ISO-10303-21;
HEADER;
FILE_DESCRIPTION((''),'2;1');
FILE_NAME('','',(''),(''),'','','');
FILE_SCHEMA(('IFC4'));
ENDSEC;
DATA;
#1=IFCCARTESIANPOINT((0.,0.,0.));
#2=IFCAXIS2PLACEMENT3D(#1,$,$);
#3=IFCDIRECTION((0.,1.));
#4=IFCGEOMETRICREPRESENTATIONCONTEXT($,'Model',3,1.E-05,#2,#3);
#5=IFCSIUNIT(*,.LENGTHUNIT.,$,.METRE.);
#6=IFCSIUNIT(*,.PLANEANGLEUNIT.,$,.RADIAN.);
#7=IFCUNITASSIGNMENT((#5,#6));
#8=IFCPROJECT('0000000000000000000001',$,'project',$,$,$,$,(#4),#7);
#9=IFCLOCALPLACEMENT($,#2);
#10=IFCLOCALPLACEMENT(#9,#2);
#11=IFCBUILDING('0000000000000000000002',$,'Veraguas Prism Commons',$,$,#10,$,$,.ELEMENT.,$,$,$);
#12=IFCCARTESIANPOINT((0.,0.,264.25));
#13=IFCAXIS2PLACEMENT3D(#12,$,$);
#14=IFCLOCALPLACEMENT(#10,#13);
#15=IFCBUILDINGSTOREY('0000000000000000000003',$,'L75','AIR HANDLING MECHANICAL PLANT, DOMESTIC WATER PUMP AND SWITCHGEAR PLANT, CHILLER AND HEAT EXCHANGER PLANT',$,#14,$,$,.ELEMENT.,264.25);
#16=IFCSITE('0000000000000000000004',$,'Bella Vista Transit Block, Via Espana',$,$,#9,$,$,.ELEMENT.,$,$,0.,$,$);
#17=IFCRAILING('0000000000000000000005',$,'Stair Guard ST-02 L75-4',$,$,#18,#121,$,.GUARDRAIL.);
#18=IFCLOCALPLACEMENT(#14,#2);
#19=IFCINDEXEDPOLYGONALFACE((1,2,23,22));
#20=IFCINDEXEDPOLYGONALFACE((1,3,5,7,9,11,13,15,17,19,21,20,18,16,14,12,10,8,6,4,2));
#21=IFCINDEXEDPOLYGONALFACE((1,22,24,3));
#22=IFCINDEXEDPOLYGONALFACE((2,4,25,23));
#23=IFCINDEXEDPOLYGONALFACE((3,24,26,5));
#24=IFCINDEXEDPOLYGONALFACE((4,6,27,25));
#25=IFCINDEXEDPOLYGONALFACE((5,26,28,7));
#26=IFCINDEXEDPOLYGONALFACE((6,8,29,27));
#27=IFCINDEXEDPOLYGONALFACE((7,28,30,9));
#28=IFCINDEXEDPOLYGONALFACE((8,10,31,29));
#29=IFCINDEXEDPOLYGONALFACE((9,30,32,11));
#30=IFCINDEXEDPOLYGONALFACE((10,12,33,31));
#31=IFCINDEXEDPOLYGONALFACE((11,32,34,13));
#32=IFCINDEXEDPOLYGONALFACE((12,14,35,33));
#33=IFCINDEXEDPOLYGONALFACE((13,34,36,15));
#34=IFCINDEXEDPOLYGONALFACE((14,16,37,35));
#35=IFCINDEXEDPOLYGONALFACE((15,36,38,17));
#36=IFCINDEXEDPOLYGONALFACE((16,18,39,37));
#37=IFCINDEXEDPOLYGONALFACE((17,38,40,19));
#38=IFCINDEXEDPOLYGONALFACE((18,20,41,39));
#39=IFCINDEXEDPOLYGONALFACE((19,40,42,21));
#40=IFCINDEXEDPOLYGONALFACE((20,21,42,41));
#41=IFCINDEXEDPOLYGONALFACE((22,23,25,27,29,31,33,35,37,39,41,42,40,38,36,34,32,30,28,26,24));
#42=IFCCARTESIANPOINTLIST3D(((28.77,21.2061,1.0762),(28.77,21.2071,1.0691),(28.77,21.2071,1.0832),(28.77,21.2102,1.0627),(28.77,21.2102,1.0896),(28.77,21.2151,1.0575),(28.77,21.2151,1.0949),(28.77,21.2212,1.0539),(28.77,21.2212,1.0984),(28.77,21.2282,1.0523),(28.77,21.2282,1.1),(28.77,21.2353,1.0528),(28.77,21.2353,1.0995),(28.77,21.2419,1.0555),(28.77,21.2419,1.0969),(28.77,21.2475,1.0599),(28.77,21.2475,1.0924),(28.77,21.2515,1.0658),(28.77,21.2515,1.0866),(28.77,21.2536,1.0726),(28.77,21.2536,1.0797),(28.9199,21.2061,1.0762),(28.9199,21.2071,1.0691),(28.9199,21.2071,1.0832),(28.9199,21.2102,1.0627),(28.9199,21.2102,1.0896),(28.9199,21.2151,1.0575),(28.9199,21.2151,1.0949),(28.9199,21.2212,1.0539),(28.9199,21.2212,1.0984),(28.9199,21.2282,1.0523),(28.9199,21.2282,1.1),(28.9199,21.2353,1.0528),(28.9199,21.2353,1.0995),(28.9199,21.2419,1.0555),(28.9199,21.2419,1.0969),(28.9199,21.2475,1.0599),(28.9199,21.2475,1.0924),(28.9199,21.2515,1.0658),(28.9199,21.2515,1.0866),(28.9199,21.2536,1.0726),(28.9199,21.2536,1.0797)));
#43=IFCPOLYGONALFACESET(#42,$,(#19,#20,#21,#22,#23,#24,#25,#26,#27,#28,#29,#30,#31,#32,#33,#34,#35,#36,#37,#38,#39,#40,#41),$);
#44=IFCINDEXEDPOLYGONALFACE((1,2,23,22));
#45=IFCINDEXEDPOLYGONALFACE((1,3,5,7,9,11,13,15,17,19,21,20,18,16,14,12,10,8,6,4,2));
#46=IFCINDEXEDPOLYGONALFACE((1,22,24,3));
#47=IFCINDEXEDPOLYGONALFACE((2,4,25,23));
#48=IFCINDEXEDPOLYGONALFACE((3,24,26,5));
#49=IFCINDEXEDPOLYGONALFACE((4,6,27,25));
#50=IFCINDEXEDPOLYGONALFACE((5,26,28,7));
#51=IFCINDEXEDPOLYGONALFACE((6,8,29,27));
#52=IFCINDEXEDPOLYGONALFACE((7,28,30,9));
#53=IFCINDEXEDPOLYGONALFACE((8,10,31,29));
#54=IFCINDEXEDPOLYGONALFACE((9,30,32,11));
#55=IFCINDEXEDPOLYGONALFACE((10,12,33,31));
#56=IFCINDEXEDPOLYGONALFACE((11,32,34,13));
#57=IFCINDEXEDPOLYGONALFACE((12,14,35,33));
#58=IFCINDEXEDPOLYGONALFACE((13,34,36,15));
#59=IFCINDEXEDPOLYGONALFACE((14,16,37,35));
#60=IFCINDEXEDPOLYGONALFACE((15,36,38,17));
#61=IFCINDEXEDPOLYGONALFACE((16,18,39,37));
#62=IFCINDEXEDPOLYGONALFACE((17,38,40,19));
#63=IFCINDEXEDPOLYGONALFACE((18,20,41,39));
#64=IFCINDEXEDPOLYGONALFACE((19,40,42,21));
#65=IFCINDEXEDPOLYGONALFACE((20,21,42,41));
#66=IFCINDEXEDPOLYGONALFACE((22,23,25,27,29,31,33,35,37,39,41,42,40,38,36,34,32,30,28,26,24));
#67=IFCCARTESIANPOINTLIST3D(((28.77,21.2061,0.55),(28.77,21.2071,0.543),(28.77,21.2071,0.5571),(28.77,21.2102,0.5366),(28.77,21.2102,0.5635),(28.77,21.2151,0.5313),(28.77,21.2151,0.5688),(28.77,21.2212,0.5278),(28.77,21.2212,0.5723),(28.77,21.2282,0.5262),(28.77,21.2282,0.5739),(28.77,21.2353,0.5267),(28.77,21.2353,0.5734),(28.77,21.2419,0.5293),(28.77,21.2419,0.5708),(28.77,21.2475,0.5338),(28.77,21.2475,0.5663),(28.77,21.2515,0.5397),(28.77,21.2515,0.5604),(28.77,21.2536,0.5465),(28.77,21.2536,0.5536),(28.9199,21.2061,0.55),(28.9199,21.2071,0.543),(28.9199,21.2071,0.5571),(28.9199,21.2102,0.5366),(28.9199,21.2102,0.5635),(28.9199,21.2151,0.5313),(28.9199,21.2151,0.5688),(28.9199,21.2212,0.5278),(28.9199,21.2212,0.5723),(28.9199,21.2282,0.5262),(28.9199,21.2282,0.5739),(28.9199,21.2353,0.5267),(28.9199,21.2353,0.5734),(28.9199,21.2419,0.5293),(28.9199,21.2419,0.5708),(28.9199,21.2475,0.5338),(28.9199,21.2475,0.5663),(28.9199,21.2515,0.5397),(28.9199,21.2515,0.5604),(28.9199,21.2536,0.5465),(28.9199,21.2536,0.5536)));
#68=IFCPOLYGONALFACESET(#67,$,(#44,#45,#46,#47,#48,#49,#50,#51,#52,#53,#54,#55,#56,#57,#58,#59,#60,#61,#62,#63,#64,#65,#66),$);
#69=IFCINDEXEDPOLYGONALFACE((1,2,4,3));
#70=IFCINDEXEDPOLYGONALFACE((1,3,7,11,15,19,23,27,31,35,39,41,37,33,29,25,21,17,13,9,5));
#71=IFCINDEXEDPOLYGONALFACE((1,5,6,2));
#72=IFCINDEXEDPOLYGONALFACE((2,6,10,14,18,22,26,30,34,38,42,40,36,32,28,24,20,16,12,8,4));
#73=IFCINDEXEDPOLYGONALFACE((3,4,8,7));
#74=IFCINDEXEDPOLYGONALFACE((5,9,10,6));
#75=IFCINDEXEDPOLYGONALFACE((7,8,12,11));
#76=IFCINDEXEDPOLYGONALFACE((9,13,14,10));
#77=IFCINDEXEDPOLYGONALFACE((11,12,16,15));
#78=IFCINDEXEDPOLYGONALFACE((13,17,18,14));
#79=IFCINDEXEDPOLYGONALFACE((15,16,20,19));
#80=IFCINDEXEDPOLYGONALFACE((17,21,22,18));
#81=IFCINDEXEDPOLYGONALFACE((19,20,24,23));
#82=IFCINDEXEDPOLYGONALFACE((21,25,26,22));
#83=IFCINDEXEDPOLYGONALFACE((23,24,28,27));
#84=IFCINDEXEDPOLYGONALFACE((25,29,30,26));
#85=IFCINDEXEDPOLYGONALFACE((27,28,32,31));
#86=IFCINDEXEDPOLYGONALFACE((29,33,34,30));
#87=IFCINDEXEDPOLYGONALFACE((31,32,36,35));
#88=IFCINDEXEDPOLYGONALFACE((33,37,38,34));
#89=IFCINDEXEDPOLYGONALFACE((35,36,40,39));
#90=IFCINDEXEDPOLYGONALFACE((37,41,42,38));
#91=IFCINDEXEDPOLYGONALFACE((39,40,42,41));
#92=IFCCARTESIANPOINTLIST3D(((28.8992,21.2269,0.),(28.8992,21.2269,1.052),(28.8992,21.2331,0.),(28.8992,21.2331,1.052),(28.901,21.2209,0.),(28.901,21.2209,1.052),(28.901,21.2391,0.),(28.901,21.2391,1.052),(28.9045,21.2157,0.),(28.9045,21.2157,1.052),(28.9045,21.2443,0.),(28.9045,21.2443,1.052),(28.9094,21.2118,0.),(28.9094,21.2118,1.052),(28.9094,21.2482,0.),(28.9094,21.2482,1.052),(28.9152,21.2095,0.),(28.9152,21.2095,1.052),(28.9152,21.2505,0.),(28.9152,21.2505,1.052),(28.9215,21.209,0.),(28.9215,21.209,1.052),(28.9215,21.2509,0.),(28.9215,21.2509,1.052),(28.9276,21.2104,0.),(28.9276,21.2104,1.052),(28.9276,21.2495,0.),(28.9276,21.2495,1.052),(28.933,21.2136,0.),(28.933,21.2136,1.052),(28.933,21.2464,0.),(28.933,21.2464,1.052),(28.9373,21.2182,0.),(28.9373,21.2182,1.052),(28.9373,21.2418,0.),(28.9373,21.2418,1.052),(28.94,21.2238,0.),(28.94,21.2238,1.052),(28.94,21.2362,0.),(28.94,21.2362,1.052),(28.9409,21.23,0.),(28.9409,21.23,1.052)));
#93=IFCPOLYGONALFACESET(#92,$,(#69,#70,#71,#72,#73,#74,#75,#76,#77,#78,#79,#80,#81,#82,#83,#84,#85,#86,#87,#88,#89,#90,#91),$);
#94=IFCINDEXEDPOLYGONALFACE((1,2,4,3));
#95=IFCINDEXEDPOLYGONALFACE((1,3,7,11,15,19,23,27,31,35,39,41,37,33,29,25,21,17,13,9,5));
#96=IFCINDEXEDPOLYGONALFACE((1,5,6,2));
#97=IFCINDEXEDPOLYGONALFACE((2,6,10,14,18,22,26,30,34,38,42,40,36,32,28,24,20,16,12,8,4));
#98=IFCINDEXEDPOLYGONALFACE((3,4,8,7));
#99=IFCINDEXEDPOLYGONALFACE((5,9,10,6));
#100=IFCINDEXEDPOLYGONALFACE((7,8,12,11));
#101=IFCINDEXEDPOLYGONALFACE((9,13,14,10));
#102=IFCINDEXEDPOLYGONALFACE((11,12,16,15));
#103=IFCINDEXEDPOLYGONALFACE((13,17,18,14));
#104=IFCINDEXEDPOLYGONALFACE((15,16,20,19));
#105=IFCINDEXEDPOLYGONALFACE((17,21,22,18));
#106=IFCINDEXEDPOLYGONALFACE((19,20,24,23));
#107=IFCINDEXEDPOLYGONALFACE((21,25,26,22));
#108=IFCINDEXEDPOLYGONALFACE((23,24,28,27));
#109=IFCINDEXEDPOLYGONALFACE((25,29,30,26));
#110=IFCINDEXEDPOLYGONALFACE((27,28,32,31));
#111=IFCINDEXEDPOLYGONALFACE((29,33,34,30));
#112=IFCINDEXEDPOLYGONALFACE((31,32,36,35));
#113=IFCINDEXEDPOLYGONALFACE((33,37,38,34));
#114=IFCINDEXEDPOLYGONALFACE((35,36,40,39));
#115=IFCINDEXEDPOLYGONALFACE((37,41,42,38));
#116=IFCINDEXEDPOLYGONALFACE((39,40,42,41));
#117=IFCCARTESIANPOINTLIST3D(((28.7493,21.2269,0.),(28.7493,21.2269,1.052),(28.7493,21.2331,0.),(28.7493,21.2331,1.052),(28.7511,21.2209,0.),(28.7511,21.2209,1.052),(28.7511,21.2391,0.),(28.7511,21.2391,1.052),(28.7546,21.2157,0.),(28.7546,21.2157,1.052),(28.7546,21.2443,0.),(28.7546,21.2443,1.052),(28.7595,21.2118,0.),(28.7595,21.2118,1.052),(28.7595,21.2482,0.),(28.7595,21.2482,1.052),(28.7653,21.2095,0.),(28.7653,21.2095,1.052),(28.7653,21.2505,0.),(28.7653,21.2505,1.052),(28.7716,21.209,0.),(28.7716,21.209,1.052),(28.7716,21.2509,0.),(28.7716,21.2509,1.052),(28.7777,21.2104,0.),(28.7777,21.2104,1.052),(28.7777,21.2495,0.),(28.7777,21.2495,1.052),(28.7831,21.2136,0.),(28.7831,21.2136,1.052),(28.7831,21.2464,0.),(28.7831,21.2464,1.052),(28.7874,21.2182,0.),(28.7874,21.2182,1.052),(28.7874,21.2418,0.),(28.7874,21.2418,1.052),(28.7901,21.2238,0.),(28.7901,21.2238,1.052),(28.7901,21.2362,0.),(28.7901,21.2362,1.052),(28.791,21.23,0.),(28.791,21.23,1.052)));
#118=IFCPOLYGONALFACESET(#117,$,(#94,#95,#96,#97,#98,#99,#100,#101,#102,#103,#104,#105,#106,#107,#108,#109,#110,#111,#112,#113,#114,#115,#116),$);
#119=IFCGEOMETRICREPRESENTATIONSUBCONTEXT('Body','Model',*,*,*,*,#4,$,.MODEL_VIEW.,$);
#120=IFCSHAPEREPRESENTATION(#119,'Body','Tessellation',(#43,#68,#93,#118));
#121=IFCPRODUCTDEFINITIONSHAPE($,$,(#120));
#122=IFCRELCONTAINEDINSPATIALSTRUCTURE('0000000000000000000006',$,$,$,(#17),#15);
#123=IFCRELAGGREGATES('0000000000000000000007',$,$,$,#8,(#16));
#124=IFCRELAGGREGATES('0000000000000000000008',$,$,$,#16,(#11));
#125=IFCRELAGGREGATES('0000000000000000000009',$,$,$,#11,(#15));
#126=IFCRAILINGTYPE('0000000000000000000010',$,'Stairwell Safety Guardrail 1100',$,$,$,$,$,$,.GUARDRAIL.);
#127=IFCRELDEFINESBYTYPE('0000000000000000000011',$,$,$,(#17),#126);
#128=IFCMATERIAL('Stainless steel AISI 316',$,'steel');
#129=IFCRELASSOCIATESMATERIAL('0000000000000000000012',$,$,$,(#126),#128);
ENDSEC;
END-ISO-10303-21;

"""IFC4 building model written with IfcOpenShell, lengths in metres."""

from ifc_helpers import new_model, si_unit, direction, frame, origin, origin_2d, place, context, subcontext, project, spatial, circle, extrude, material, type_object, element, save


model = new_model("IFC4")

# Units and contexts
model_context = context("Model", 3, precision=1e-05, world=origin(), true_north=direction((0.0, 1.0)))
body_context = subcontext(model_context, "Body", "Model", "MODEL_VIEW")
ifc_project = project(units=[si_unit("LENGTHUNIT", "METRE"), si_unit("PLANEANGLEUNIT", "RADIAN")], contexts=[model_context])

# Site, building, storey
site_placement = place(None, origin())
site = spatial("IfcSite", under=ifc_project, at=site_placement, Name="Bella Vista Transit Block, Via Espana", CompositionType="ELEMENT", RefElevation=0.0)
building_placement = place(site_placement, origin())
building = spatial("IfcBuilding", under=site, at=building_placement, Name="Veraguas Prism Commons", CompositionType="ELEMENT")
storey_placement = place(building_placement, frame((0.0, 0.0, 264.25)))
storey = spatial("IfcBuildingStorey", under=building, at=storey_placement, Name="L75", Description="AIR HANDLING MECHANICAL PLANT, DOMESTIC WATER PUMP AND SWITCHGEAR PLANT, CHILLER AND HEAT EXCHANGER PLANT", CompositionType="ELEMENT", Elevation=264.25)

# Shared definitions
ifc_material_1 = material(Name="Stainless steel AISI 316", Category="steel")

# Railing
railing_type_1 = type_object("IfcRailingType", Name="Stairwell Safety Guardrail 1100", PredefinedType="GUARDRAIL", material=ifc_material_1)
railing_1_placement = place(storey_placement, frame((28.9199, 21.23, 0.0)))
element("IfcRailing", 1, at=railing_1_placement, inside=storey, type_object=railing_type_1, Name="Stair Guard ST-02 L75-4", PredefinedType="GUARDRAIL", context=body_context, shape_type="SweptSolid", body=[
    extrude(circle(Radius=0.0239, at=origin_2d()), frame((0.0, 0.0, 1.0762), z_axis=(-1.0, 0.0, 0.0), x_axis=(0.0, -1.0, 0.0)), (0.0, 0.0, 1.0), 0.1499),
    extrude(circle(Radius=0.0239, at=origin_2d()), frame((0.0, 0.0, 0.55), z_axis=(-1.0, 0.0, 0.0), x_axis=(0.0, -1.0, 0.0)), (0.0, 0.0, 1.0), 0.1499),
    extrude(circle(Radius=0.021, at=origin_2d()), origin(), (0.0, 0.0, 1.0), 1.052),
    extrude(circle(Radius=0.021, at=origin_2d()), frame((-0.1499, 0.0, 0.0)), (0.0, 0.0, 1.0), 1.052),
])

save(model, "model.ifc")
